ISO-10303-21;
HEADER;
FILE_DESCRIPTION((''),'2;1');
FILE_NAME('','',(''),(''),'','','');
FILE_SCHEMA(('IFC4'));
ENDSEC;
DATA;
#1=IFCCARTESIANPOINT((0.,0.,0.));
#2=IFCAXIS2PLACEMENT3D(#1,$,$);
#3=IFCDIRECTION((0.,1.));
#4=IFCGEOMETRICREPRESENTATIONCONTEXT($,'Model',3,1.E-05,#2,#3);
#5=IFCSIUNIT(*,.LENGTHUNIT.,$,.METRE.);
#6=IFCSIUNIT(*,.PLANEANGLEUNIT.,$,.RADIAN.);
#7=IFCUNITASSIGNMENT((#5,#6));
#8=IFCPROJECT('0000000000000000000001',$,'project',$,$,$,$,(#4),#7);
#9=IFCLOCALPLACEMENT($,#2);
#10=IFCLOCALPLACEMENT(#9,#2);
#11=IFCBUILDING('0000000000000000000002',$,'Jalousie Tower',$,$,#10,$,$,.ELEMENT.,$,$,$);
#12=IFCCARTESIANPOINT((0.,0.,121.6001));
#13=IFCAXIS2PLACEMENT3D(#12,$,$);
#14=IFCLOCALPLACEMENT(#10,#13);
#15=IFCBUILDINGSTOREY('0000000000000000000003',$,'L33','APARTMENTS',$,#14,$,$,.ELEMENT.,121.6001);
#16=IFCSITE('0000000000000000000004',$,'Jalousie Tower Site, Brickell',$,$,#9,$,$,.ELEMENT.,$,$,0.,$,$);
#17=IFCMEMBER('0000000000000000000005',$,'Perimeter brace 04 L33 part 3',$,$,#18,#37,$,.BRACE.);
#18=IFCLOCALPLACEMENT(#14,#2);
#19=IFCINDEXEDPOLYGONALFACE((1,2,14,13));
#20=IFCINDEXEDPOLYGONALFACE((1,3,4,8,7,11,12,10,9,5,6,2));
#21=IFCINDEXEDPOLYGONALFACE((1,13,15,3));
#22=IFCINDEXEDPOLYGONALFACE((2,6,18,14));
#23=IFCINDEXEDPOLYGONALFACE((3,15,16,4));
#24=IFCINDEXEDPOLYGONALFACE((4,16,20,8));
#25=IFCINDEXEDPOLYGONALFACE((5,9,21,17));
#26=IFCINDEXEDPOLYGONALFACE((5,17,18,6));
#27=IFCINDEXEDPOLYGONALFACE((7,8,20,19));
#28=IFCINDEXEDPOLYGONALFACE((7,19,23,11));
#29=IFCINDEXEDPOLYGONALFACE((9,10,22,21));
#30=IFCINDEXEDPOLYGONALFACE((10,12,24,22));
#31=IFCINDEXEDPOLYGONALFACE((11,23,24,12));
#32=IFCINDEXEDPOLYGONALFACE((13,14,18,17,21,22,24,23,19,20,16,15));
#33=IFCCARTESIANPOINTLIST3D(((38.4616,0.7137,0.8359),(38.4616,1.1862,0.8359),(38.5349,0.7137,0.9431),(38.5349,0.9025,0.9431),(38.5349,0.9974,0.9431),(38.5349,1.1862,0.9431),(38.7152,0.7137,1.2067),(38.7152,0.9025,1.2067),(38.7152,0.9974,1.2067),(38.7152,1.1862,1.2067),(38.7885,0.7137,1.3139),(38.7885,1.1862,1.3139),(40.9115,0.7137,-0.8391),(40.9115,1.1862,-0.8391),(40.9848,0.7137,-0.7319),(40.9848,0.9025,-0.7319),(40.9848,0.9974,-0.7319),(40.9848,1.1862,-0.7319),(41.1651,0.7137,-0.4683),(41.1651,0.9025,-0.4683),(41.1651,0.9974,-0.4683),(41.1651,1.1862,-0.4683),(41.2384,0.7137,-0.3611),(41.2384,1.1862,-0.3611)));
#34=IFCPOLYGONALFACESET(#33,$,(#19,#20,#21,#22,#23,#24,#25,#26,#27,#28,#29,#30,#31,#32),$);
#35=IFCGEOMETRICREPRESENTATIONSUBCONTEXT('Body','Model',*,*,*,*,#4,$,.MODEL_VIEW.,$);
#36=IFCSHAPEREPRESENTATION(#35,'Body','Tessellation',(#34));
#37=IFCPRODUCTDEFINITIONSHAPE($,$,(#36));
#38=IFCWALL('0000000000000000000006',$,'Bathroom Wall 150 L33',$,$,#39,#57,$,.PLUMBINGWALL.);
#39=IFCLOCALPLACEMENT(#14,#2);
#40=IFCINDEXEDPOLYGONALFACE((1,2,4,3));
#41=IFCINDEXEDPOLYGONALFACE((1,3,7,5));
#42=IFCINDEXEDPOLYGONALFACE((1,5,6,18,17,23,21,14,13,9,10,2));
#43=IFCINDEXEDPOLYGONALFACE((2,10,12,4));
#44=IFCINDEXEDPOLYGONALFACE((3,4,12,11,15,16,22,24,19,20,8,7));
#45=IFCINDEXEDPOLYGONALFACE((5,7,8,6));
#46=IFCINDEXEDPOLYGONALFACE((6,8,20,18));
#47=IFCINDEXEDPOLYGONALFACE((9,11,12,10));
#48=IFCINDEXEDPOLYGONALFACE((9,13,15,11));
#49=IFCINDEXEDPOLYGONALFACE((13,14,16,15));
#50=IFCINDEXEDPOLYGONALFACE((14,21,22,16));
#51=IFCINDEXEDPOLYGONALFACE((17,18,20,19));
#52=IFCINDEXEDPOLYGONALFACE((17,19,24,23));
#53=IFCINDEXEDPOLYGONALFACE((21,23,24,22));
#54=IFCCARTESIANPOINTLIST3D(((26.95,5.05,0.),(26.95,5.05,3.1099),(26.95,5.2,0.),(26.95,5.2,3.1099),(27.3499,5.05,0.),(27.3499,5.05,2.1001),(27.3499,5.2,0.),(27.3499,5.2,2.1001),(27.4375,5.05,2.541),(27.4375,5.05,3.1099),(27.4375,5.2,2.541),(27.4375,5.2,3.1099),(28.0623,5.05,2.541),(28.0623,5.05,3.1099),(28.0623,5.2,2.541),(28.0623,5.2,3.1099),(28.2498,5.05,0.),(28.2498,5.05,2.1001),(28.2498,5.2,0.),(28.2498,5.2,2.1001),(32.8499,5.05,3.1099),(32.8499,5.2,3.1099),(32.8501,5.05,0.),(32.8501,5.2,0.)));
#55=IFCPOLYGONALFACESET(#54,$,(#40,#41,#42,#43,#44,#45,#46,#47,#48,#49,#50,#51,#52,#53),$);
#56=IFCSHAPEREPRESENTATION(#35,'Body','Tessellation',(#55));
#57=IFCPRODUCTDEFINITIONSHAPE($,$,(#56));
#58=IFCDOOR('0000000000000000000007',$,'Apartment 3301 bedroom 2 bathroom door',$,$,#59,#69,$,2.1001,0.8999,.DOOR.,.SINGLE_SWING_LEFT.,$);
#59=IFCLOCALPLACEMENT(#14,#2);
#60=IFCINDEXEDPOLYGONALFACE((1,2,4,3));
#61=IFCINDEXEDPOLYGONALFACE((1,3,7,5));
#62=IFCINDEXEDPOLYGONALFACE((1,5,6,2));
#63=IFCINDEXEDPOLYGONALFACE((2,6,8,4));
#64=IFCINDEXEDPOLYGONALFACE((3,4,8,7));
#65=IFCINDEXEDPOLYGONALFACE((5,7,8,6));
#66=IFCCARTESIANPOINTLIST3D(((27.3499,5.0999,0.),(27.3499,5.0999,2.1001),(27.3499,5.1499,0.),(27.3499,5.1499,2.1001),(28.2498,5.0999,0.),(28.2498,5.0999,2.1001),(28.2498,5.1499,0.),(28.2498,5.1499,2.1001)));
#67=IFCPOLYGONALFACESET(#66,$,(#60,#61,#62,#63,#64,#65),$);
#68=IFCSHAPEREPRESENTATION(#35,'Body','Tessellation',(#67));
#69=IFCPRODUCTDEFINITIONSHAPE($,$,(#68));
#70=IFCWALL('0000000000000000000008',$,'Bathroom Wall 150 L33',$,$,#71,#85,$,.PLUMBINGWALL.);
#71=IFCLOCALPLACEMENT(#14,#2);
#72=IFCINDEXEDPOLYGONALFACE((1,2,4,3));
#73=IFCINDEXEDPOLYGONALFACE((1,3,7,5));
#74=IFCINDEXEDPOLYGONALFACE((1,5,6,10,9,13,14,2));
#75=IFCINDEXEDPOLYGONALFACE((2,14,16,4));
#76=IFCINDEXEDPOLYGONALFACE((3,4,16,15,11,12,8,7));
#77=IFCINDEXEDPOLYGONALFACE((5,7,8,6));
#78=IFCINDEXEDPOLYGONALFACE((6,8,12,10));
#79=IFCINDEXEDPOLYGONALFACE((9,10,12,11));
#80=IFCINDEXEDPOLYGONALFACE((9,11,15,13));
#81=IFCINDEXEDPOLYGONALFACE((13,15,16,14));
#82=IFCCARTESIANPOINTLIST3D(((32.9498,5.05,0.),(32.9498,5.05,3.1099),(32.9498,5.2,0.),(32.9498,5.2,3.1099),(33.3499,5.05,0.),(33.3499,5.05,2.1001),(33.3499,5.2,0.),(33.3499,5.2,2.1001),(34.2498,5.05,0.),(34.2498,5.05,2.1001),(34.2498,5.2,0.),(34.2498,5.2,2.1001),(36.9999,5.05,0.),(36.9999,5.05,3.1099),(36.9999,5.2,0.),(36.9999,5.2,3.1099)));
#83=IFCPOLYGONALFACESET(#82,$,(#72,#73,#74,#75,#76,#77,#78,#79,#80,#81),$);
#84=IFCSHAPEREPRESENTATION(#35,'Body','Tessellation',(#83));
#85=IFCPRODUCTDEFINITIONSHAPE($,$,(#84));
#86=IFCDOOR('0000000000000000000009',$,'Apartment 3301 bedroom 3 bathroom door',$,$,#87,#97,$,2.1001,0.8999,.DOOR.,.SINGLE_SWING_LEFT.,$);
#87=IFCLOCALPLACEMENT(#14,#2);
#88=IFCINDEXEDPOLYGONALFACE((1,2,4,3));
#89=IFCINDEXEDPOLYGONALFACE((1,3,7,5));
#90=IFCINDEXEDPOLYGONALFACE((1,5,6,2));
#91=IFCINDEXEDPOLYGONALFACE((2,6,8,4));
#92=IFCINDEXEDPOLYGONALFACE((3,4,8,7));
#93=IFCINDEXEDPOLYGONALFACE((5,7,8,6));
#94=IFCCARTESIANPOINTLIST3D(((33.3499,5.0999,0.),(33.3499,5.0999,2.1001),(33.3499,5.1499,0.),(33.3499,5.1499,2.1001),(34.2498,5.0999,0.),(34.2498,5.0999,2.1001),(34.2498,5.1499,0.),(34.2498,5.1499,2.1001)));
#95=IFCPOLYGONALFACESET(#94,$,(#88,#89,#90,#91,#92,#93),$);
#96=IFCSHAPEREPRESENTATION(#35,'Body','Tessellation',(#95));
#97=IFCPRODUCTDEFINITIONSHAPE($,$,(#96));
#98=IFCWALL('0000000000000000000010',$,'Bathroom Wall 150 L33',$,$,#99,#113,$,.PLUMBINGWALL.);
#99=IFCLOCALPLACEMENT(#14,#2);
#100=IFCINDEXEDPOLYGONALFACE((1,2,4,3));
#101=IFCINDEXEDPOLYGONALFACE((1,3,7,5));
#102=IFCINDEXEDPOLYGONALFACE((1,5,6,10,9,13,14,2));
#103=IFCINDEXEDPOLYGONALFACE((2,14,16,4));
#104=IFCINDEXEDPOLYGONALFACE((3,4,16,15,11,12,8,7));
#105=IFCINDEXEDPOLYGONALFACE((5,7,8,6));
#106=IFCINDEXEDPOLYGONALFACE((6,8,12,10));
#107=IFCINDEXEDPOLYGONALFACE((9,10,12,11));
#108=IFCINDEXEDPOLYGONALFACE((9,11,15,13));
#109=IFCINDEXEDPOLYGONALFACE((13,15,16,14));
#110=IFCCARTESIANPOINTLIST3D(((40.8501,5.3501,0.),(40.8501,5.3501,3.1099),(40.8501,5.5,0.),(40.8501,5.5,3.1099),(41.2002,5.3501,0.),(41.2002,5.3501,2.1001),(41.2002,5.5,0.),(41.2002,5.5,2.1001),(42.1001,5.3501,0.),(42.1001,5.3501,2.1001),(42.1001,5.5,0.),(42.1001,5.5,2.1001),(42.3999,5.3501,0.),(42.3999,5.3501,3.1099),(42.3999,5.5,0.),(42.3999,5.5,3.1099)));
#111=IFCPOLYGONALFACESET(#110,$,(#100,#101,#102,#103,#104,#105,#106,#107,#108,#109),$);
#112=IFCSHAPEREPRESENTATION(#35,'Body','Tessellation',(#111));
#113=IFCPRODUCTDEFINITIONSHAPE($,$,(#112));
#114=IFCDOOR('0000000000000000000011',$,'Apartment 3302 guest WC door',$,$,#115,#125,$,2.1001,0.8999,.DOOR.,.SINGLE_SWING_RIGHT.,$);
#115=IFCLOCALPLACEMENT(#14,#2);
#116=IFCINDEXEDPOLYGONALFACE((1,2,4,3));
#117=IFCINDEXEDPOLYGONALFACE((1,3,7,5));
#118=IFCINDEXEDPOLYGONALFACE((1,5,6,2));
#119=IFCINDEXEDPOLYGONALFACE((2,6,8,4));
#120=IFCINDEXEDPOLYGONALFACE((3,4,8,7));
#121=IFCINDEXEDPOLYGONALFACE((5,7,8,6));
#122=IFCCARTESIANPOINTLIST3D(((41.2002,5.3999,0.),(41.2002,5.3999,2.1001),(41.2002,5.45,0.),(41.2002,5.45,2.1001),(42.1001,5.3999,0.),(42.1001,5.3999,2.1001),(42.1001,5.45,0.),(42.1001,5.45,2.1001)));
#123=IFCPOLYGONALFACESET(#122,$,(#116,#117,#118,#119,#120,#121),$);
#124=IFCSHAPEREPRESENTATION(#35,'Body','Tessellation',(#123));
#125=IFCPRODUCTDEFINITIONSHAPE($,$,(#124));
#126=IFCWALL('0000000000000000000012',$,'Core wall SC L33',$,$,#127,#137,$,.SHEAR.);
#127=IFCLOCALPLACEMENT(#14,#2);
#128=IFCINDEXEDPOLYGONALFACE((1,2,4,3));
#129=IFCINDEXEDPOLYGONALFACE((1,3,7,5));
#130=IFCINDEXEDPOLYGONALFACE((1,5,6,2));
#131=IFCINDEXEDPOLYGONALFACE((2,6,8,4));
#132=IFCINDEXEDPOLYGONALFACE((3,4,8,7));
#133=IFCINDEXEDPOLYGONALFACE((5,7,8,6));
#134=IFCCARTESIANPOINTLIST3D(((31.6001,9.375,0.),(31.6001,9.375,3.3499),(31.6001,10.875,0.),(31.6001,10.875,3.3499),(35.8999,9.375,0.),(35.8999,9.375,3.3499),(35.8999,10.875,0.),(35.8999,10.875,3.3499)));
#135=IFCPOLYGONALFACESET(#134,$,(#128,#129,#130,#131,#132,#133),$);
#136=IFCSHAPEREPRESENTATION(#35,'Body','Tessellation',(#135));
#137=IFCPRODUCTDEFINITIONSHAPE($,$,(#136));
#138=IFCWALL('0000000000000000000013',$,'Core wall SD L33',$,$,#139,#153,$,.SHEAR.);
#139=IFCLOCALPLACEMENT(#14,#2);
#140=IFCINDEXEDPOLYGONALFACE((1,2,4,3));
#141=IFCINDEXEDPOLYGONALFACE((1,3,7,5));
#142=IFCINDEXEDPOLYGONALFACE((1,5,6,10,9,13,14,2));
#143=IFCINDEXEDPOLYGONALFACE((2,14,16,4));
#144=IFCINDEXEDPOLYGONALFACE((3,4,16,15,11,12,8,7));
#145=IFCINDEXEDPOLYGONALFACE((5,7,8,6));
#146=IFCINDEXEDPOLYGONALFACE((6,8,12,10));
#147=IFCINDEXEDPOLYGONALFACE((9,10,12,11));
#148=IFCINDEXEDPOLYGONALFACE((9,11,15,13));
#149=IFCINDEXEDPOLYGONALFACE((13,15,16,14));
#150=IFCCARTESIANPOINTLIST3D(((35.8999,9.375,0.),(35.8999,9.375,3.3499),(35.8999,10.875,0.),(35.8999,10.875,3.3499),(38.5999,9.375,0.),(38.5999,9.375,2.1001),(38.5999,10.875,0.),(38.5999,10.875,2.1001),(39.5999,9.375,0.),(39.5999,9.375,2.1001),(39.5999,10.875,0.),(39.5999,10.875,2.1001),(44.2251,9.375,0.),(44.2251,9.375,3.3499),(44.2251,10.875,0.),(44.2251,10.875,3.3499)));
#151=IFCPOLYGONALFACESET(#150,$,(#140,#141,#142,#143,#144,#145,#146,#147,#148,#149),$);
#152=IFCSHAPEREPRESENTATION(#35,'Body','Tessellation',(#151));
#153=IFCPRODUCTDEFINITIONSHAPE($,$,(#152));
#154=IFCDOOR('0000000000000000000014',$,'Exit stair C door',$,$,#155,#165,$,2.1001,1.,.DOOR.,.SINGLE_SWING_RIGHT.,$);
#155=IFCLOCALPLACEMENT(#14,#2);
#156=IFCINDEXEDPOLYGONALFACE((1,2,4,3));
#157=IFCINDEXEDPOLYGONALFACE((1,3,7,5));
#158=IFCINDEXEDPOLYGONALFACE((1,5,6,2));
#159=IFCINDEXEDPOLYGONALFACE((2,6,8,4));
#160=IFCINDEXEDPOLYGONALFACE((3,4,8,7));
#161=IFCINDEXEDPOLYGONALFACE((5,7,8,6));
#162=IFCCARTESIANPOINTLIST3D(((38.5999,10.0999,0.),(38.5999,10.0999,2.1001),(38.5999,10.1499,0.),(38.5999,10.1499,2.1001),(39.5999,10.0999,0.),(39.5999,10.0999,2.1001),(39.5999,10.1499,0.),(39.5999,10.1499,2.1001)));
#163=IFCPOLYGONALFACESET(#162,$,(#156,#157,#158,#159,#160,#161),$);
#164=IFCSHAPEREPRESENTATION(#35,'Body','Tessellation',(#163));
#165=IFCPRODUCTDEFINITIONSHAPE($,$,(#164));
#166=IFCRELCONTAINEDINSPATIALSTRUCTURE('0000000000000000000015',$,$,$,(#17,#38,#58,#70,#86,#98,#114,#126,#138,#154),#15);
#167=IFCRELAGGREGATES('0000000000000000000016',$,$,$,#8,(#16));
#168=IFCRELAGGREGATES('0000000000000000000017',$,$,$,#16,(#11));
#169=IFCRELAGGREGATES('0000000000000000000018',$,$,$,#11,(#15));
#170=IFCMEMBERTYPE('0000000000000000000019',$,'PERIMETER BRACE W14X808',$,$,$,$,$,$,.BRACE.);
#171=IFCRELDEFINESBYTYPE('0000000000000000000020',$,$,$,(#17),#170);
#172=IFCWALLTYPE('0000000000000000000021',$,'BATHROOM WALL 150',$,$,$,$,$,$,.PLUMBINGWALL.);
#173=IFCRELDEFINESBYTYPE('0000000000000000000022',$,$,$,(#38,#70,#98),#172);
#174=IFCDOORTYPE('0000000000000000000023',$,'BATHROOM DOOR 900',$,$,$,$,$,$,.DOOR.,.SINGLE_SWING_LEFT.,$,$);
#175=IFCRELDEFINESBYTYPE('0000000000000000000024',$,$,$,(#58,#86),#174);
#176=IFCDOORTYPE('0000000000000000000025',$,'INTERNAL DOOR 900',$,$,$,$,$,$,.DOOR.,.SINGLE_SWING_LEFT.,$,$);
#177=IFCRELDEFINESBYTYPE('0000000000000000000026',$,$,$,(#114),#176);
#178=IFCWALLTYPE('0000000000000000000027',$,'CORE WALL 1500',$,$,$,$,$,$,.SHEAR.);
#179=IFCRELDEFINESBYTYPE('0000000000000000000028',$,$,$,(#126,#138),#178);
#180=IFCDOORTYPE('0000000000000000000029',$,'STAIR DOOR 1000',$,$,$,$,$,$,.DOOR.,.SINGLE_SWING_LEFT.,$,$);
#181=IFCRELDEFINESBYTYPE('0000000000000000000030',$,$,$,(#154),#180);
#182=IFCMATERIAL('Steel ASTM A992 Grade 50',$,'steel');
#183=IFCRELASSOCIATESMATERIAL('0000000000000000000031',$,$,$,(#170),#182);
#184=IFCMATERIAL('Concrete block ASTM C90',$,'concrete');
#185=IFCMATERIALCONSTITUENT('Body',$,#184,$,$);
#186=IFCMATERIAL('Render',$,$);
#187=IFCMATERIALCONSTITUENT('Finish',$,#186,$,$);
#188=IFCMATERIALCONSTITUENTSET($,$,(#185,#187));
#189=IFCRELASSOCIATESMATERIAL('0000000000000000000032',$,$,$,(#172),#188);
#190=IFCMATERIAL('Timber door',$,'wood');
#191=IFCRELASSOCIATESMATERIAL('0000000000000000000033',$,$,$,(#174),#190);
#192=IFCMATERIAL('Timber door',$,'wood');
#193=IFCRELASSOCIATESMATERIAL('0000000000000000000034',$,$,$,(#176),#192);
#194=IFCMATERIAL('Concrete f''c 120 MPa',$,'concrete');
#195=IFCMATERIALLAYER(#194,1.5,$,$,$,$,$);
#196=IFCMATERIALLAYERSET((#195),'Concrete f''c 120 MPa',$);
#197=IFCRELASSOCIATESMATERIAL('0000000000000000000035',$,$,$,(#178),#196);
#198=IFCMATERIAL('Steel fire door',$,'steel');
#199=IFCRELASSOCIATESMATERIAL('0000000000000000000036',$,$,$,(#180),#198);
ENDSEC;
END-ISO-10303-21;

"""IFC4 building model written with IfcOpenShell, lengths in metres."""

from ifc_helpers import new_model, si_unit, direction, frame, frame_2d, origin, origin_2d, place, context, subcontext, project, spatial, polyline, rectangle, i_section, outline, extrude, material, layer, layer_set, constituent, constituent_set, material_profile, profile_set, type_object, element, fill, save


model = new_model("IFC4")

# Units and contexts
model_context = context("Model", 3, precision=1e-05, world=origin(), true_north=direction((0.0, 1.0)))
body_context = subcontext(model_context, "Body", "Model", "MODEL_VIEW")
ifc_project = project(units=[si_unit("LENGTHUNIT", "METRE"), si_unit("PLANEANGLEUNIT", "RADIAN")], contexts=[model_context])

# Site, building, storey
site_placement = place(None, origin())
site = spatial("IfcSite", under=ifc_project, at=site_placement, Name="Jalousie Tower Site, Brickell", CompositionType="ELEMENT", RefElevation=0.0)
building_placement = place(site_placement, origin())
building = spatial("IfcBuilding", under=site, at=building_placement, Name="Jalousie Tower", CompositionType="ELEMENT")
storey_placement = place(building_placement, frame((0.0, 0.0, 121.6001)))
storey = spatial("IfcBuildingStorey", under=building, at=storey_placement, Name="L33", Description="APARTMENTS", CompositionType="ELEMENT", Elevation=121.6001)

# Member
ifc_material_1 = material(Name="Steel ASTM A992 Grade 50", Category="steel")
ifc_material_profile = material_profile(ifc_material_1, i_section(OverallWidth=0.4724, OverallDepth=0.5791, WebThickness=0.095, FlangeThickness=0.1299, at=origin_2d()), Name="W14X808")
ifc_profile_set = profile_set([ifc_material_profile], Name="Steel ASTM A992 Grade 50")
member_type = type_object("IfcMemberType", Name="PERIMETER BRACE W14X808", PredefinedType="BRACE", material=ifc_profile_set)
member_placement = place(storey_placement, frame((41.075, 0.95, -0.6001), z_axis=(-0.825501, 0.0, 0.564401), x_axis=(0.0, -1.0, 0.0)))
element("IfcMember", 1, at=member_placement, inside=storey, type_object=member_type, Name="Perimeter brace 04 L33 part 3", PredefinedType="BRACE", context=body_context, shape_type="SweptSolid", body=[
    extrude(i_section(OverallWidth=0.4724, OverallDepth=0.5791, WebThickness=0.095, FlangeThickness=0.1299, at=origin_2d()), origin(), (0.0, 0.0, 1.0), 2.9678),
])

# Walls, openings, doors
ifc_material_2 = material(Name="Concrete block ASTM C90", Category="concrete")
ifc_constituent_1 = constituent(ifc_material_2, Name="Body")
ifc_material_3 = material(Name="Render")
ifc_constituent_2 = constituent(ifc_material_3, Name="Finish")
ifc_constituent_set_1 = constituent_set(constituents=[ifc_constituent_1, ifc_constituent_2])
wall_type_1 = type_object("IfcWallType", Name="BATHROOM WALL 150", PredefinedType="PLUMBINGWALL", material=ifc_constituent_set_1)
wall_1_placement = place(storey_placement, frame((26.95, 5.125, 0.0), z_axis=(0.0, 0.0, 1.0), x_axis=(1.0, 0.0, 0.0)))
wall_1 = element("IfcWall", 2, at=wall_1_placement, inside=storey, type_object=wall_type_1, Name="Bathroom Wall 150 L33", PredefinedType="PLUMBINGWALL", context=body_context, shape_type="SweptSolid", body=[
    extrude(outline(polyline([(0.0, 0.0), (5.9001, 0.0), (5.8999, 3.1099), (1.1123, 3.1099), (1.1123, 2.541), (0.4875, 2.541), (0.4875, 3.1099), (0.0, 3.1099), (0.0, 0.0)])), frame((0.0, 0.075, 0.0), z_axis=(0.0, -1.0, 0.0), x_axis=(1.0, 0.0, 0.0)), (0.0, 0.0, 1.0), 0.1499),
])
opening_1_placement = place(wall_1_placement, frame((0.3999, 0.0, 0.0)))
opening_1 = element("IfcOpeningElement", 3, at=opening_1_placement, cuts=wall_1, PredefinedType="OPENING", context=body_context, shape_type="SweptSolid", body=[
    extrude(rectangle(XDim=0.8999, YDim=2.1001, at=frame_2d((0.45, 1.05))), frame((0.0, 0.085, 0.0), z_axis=(0.0, -1.0, 0.0), x_axis=(1.0, 0.0, 0.0)), (0.0, 0.0, 1.0), 0.1699),
])
ifc_material_4 = material(Name="Timber door", Category="wood")
door_type_1 = type_object("IfcDoorType", Name="BATHROOM DOOR 900", OperationType="SINGLE_SWING_LEFT", PredefinedType="DOOR", material=ifc_material_4)
door_1_placement = place(opening_1_placement, origin())
door_1 = element("IfcDoor", 4, at=door_1_placement, inside=storey, type_object=door_type_1, Name="Apartment 3301 bedroom 2 bathroom door", OperationType="SINGLE_SWING_LEFT", OverallHeight=2.1001, OverallWidth=0.8999, PredefinedType="DOOR", context=body_context, shape_type="SweptSolid", body=[
    extrude(rectangle(XDim=0.8999, YDim=2.1001, at=frame_2d((0.45, 1.05))), frame((0.0, 0.0249, 0.0), z_axis=(0.0, -1.0, 0.0), x_axis=(1.0, 0.0, 0.0)), (0.0, 0.0, 1.0), 0.05),
])
fill(opening_1, door_1)
wall_2_placement = place(storey_placement, frame((32.95, 5.125, 0.0), z_axis=(0.0, 0.0, 1.0), x_axis=(1.0, 0.0, 0.0)))
wall_2 = element("IfcWall", 5, at=wall_2_placement, inside=storey, type_object=wall_type_1, Name="Bathroom Wall 150 L33", PredefinedType="PLUMBINGWALL", context=body_context, shape_type="SweptSolid", body=[
    extrude(rectangle(XDim=4.05, YDim=0.1499, at=frame_2d((2.0249, 0.0))), origin(), (0.0, 0.0, 1.0), 3.1099),
])
opening_2_placement = place(wall_2_placement, frame((0.3999, 0.0, 0.0)))
opening_2 = element("IfcOpeningElement", 6, at=opening_2_placement, cuts=wall_2, PredefinedType="OPENING", context=body_context, shape_type="SweptSolid", body=[
    extrude(rectangle(XDim=0.8999, YDim=2.1001, at=frame_2d((0.45, 1.05))), frame((0.0, 0.085, 0.0), z_axis=(0.0, -1.0, 0.0), x_axis=(1.0, 0.0, 0.0)), (0.0, 0.0, 1.0), 0.1699),
])
door_2_placement = place(opening_2_placement, origin())
door_2 = element("IfcDoor", 7, at=door_2_placement, inside=storey, type_object=door_type_1, Name="Apartment 3301 bedroom 3 bathroom door", OperationType="SINGLE_SWING_LEFT", OverallHeight=2.1001, OverallWidth=0.8999, PredefinedType="DOOR", context=body_context, shape_type="SweptSolid", body=[
    extrude(rectangle(XDim=0.8999, YDim=2.1001, at=frame_2d((0.45, 1.05))), frame((0.0, 0.0249, 0.0), z_axis=(0.0, -1.0, 0.0), x_axis=(1.0, 0.0, 0.0)), (0.0, 0.0, 1.0), 0.05),
])
fill(opening_2, door_2)
wall_3_placement = place(storey_placement, frame((40.8501, 5.425, 0.0), z_axis=(0.0, 0.0, 1.0), x_axis=(1.0, 0.0, 0.0)))
wall_3 = element("IfcWall", 8, at=wall_3_placement, inside=storey, type_object=wall_type_1, Name="Bathroom Wall 150 L33", PredefinedType="PLUMBINGWALL", context=body_context, shape_type="SweptSolid", body=[
    extrude(rectangle(XDim=1.5498, YDim=0.1499, at=frame_2d((0.7749, 0.0))), origin(), (0.0, 0.0, 1.0), 3.1099),
])
opening_3_placement = place(wall_3_placement, frame((0.3501, 0.0, 0.0)))
opening_3 = element("IfcOpeningElement", 9, at=opening_3_placement, cuts=wall_3, PredefinedType="OPENING", context=body_context, shape_type="SweptSolid", body=[
    extrude(rectangle(XDim=0.8999, YDim=2.1001, at=frame_2d((0.45, 1.05))), frame((0.0, 0.085, 0.0), z_axis=(0.0, -1.0, 0.0), x_axis=(1.0, 0.0, 0.0)), (0.0, 0.0, 1.0), 0.1699),
])
ifc_material_5 = material(Name="Timber door", Category="wood")
door_type_2 = type_object("IfcDoorType", Name="INTERNAL DOOR 900", OperationType="SINGLE_SWING_LEFT", PredefinedType="DOOR", material=ifc_material_5)
door_3_placement = place(opening_3_placement, origin())
door_3 = element("IfcDoor", 10, at=door_3_placement, inside=storey, type_object=door_type_2, Name="Apartment 3302 guest WC door", OperationType="SINGLE_SWING_RIGHT", OverallHeight=2.1001, OverallWidth=0.8999, PredefinedType="DOOR", context=body_context, shape_type="SweptSolid", body=[
    extrude(rectangle(XDim=0.8999, YDim=2.1001, at=frame_2d((0.45, 1.05))), frame((0.0, 0.0249, 0.0), z_axis=(0.0, -1.0, 0.0), x_axis=(1.0, 0.0, 0.0)), (0.0, 0.0, 1.0), 0.05),
])
fill(opening_3, door_3)

# Wall
ifc_material_6 = material(Name="Concrete f'c 120 MPa", Category="concrete")
ifc_layer_1 = layer(ifc_material_6, 1.5)
ifc_layer_set_1 = layer_set([ifc_layer_1], Name="Concrete f'c 120 MPa")
wall_type_2 = type_object("IfcWallType", Name="CORE WALL 1500", PredefinedType="SHEAR", material=ifc_layer_set_1)
wall_4_placement = place(storey_placement, frame((31.6001, 10.125, 0.0), z_axis=(0.0, 0.0, 1.0), x_axis=(1.0, 0.0, 0.0)))
element("IfcWall", 11, at=wall_4_placement, inside=storey, type_object=wall_type_2, Name="Core wall SC L33", PredefinedType="SHEAR", context=body_context, shape_type="SweptSolid", body=[
    extrude(rectangle(XDim=4.2998, YDim=1.5, at=frame_2d((2.1499, 0.0))), origin(), (0.0, 0.0, 1.0), 3.3499),
])

# Wall, opening, door
wall_5_placement = place(storey_placement, frame((35.8999, 10.125, 0.0), z_axis=(0.0, 0.0, 1.0), x_axis=(1.0, 0.0, 0.0)))
wall_5 = element("IfcWall", 12, at=wall_5_placement, inside=storey, type_object=wall_type_2, Name="Core wall SD L33", PredefinedType="SHEAR", context=body_context, shape_type="SweptSolid", body=[
    extrude(rectangle(XDim=8.3252, YDim=1.5, at=frame_2d((4.1626, 0.0))), origin(), (0.0, 0.0, 1.0), 3.3499),
])
opening_4_placement = place(wall_5_placement, frame((2.7, 0.0, 0.0)))
opening_4 = element("IfcOpeningElement", 13, at=opening_4_placement, cuts=wall_5, PredefinedType="OPENING", context=body_context, shape_type="SweptSolid", body=[
    extrude(rectangle(XDim=1.0, YDim=2.1001, at=frame_2d((0.5, 1.05))), frame((0.0, 0.76, 0.0), z_axis=(0.0, -1.0, 0.0), x_axis=(1.0, 0.0, 0.0)), (0.0, 0.0, 1.0), 1.52),
])
ifc_material_7 = material(Name="Steel fire door", Category="steel")
door_type_3 = type_object("IfcDoorType", Name="STAIR DOOR 1000", OperationType="SINGLE_SWING_LEFT", PredefinedType="DOOR", material=ifc_material_7)
door_4_placement = place(opening_4_placement, origin())
door_4 = element("IfcDoor", 14, at=door_4_placement, inside=storey, type_object=door_type_3, Name="Exit stair C door", OperationType="SINGLE_SWING_RIGHT", OverallHeight=2.1001, OverallWidth=1.0, PredefinedType="DOOR", context=body_context, shape_type="SweptSolid", body=[
    extrude(rectangle(XDim=1.0, YDim=2.1001, at=frame_2d((0.5, 1.05))), frame((0.0, 0.0249, 0.0), z_axis=(0.0, -1.0, 0.0), x_axis=(1.0, 0.0, 0.0)), (0.0, 0.0, 1.0), 0.05),
])
fill(opening_4, door_4)

save(model, "model.ifc")
